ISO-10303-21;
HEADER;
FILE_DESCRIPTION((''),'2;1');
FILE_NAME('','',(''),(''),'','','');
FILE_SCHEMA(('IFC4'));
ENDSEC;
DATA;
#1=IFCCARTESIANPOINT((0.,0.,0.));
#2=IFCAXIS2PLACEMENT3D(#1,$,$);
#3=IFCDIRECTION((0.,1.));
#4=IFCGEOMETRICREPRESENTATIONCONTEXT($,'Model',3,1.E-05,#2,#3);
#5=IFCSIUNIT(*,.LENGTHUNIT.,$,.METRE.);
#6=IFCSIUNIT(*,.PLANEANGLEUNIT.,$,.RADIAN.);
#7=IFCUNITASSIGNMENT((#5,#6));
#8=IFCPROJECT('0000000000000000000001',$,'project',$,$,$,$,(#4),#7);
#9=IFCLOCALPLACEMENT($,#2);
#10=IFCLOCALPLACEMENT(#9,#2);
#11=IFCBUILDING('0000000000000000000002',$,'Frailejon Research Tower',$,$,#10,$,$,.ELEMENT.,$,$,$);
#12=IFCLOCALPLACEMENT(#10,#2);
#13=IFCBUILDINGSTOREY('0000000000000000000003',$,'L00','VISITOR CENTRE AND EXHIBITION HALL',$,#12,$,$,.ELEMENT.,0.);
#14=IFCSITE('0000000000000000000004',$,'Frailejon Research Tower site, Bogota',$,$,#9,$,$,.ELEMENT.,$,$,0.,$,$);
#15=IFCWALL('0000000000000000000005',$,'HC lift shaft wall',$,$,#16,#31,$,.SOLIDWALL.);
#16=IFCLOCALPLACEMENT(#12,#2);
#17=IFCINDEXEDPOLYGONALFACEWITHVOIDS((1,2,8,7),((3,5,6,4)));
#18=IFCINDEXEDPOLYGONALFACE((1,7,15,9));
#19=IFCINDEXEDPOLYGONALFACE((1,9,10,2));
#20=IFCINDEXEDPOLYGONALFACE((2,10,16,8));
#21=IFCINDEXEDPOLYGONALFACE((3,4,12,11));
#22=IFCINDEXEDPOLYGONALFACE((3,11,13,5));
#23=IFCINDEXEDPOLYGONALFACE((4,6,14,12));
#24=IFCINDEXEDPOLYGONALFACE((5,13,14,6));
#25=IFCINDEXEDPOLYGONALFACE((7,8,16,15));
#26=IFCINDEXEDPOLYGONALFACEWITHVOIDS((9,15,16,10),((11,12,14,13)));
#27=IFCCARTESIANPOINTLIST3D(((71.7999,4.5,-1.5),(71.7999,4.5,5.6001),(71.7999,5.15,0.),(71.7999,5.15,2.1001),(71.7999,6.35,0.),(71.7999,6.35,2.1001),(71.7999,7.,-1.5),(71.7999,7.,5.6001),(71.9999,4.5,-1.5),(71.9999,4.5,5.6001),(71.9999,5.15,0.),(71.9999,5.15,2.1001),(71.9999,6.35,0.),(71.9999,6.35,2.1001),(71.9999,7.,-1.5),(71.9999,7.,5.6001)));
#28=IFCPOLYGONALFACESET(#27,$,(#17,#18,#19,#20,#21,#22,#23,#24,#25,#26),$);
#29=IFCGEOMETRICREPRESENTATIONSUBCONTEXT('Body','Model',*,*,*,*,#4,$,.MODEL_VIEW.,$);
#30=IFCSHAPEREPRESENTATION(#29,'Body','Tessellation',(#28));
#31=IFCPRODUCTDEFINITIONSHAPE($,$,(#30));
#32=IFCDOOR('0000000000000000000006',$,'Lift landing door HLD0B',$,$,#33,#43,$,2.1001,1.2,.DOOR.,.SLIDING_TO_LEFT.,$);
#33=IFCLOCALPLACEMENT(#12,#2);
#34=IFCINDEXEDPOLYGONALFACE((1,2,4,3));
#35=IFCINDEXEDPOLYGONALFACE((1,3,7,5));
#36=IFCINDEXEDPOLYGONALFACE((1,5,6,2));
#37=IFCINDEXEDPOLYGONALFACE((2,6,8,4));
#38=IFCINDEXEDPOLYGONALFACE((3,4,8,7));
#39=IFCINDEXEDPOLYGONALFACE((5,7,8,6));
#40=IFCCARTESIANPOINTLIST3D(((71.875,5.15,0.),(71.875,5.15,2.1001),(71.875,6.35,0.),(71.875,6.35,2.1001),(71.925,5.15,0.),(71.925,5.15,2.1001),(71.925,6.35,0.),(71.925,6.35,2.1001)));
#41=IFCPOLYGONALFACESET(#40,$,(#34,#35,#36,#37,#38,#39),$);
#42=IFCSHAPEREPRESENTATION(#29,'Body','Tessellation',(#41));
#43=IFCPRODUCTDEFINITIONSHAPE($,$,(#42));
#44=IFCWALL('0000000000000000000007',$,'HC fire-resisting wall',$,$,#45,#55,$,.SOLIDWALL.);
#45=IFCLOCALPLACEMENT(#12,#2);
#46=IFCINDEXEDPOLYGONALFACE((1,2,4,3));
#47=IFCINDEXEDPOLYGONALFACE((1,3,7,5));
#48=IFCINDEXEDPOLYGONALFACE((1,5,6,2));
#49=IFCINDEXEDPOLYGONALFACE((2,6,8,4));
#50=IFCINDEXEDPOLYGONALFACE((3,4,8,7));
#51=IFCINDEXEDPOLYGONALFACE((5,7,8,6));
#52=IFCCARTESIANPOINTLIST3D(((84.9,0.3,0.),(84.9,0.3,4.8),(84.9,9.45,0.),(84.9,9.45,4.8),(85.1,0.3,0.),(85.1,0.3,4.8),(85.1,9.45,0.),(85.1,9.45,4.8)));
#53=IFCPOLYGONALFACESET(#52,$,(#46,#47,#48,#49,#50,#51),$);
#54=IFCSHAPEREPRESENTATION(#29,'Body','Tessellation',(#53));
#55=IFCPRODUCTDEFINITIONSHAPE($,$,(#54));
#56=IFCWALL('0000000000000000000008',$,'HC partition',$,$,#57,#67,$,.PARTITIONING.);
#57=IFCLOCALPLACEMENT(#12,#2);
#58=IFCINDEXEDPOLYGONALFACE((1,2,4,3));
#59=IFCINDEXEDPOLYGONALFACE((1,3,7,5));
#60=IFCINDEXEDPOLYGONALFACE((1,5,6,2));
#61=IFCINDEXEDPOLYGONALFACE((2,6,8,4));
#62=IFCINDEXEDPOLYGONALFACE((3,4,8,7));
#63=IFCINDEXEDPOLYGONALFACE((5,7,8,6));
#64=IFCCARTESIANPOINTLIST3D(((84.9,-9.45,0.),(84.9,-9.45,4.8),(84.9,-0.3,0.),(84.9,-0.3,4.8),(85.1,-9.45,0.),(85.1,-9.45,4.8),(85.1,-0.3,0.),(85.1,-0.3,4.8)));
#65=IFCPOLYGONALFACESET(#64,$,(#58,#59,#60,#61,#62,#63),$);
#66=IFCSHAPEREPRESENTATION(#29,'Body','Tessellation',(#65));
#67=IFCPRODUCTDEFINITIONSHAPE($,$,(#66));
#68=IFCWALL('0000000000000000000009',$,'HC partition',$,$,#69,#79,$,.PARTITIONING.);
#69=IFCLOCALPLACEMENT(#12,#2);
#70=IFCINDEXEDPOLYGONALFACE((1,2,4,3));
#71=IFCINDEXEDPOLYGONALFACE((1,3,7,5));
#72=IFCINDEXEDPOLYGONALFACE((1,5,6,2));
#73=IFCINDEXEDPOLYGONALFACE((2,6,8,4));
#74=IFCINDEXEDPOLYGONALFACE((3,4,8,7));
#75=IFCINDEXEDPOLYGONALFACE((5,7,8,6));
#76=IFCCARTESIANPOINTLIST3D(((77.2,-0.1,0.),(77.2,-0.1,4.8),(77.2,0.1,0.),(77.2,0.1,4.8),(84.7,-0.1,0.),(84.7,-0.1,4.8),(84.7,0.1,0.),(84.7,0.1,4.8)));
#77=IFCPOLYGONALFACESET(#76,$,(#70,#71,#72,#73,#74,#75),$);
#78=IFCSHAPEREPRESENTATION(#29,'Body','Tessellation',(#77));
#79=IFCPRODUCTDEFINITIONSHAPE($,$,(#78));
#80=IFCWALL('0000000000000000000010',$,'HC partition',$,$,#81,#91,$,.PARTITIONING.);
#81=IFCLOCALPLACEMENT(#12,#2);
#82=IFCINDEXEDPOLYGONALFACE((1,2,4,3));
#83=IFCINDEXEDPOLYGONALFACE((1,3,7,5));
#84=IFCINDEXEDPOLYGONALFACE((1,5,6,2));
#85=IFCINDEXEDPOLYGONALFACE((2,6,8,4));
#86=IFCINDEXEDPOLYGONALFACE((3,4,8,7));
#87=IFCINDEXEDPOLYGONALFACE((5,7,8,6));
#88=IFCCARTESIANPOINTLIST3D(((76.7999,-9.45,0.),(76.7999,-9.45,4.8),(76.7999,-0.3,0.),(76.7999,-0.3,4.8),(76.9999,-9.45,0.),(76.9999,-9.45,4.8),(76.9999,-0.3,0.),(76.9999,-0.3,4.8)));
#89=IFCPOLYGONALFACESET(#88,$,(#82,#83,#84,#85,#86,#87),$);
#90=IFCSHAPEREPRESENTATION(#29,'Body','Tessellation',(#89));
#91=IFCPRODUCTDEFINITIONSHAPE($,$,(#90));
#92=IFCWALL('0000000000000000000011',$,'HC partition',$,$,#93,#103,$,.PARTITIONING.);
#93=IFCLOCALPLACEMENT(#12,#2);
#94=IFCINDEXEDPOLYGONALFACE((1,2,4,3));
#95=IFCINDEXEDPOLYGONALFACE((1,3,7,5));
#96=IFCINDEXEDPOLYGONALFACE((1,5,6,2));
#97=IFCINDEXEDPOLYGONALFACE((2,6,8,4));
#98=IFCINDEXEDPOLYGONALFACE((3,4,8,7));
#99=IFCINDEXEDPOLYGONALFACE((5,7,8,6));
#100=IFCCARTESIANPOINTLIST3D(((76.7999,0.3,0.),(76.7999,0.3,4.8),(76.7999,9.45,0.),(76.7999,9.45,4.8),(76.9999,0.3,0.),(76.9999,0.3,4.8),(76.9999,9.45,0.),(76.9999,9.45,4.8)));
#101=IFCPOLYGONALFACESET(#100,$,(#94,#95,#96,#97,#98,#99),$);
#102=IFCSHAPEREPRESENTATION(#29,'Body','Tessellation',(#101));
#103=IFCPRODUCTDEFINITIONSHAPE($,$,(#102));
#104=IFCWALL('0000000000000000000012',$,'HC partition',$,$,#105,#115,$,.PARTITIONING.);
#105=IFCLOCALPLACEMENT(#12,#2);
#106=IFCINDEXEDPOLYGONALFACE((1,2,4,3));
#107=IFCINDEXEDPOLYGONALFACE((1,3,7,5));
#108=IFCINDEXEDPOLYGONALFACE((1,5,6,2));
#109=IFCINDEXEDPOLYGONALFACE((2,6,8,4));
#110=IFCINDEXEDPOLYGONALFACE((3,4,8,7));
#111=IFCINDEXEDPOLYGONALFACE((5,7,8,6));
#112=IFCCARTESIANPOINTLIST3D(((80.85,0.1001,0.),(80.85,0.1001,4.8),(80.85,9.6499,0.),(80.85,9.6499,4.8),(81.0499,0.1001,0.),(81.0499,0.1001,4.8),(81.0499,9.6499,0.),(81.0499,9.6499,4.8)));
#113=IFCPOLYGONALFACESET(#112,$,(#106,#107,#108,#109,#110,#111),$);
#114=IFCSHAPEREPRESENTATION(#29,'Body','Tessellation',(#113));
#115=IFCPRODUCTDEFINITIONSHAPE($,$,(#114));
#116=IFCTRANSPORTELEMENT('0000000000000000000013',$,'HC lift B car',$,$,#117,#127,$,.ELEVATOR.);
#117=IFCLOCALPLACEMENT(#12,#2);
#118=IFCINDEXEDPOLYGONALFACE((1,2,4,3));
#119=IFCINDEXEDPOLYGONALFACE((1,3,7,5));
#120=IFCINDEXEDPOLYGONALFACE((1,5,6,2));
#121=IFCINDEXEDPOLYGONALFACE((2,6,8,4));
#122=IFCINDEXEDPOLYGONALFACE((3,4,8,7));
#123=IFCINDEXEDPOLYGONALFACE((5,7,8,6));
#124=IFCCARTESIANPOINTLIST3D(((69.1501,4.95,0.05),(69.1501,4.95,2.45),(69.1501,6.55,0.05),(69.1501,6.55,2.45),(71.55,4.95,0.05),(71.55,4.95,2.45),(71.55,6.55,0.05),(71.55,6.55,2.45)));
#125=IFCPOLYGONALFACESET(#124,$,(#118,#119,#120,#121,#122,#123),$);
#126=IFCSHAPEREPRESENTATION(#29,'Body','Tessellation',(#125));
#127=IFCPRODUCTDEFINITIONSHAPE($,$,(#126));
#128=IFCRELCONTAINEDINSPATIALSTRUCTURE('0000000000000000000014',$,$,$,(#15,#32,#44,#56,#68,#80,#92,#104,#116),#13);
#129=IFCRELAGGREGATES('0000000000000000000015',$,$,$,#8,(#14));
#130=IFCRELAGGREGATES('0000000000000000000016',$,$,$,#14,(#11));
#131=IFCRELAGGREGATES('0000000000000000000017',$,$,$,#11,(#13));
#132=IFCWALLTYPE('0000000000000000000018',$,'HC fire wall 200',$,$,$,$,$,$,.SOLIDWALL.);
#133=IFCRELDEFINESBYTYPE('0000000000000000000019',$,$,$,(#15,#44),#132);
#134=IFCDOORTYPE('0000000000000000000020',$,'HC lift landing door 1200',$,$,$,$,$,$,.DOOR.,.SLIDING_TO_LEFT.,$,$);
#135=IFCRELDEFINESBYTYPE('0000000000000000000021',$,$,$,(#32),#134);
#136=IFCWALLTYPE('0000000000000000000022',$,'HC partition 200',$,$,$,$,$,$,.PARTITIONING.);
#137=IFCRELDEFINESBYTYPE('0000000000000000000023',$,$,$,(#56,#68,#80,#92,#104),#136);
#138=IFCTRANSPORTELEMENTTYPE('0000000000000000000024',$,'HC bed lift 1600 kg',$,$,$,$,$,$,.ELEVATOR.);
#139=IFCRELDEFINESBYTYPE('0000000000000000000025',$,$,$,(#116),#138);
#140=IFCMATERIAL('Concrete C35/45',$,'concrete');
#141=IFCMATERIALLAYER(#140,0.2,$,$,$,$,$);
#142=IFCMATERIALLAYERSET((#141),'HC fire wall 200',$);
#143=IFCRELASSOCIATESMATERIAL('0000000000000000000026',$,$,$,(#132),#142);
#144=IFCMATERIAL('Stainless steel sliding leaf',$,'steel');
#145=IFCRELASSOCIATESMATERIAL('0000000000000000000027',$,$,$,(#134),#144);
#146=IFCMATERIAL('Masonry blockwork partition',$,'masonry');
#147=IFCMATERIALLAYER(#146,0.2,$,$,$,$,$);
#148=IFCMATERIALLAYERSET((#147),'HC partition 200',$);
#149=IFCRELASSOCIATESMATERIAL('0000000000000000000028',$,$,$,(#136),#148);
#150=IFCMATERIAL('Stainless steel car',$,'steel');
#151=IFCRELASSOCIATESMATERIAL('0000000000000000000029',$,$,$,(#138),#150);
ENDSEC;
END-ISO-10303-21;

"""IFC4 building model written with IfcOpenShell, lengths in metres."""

from ifc_helpers import new_model, si_unit, direction, frame, frame_2d, origin, origin_2d, place, context, subcontext, project, spatial, rectangle, extrude, material, layer, layer_set, type_object, element, fill, save


model = new_model("IFC4")

# Units and contexts
model_context = context("Model", 3, precision=1e-05, world=origin(), true_north=direction((0.0, 1.0)))
body_context = subcontext(model_context, "Body", "Model", "MODEL_VIEW")
ifc_project = project(units=[si_unit("LENGTHUNIT", "METRE"), si_unit("PLANEANGLEUNIT", "RADIAN")], contexts=[model_context])

# Site, building, storey
site_placement = place(None, origin())
site = spatial("IfcSite", under=ifc_project, at=site_placement, Name="Frailejon Research Tower site, Bogota", CompositionType="ELEMENT", RefElevation=0.0)
building_placement = place(site_placement, origin())
building = spatial("IfcBuilding", under=site, at=building_placement, Name="Frailejon Research Tower", CompositionType="ELEMENT")
storey_placement = place(building_placement, origin())
storey = spatial("IfcBuildingStorey", under=building, at=storey_placement, Name="L00", Description="VISITOR CENTRE AND EXHIBITION HALL", CompositionType="ELEMENT", Elevation=0.0)

# Wall, opening, door
ifc_material_1 = material(Name="Concrete C35/45", Category="concrete")
ifc_layer_1 = layer(ifc_material_1, 0.2)
ifc_layer_set_1 = layer_set([ifc_layer_1], Name="HC fire wall 200")
wall_type_1 = type_object("IfcWallType", Name="HC fire wall 200", PredefinedType="SOLIDWALL", material=ifc_layer_set_1)
wall_1_placement = place(storey_placement, frame((71.8999, 4.5, -1.5), z_axis=(0.0, 0.0, 1.0), x_axis=(0.0, 1.0, 0.0)))
wall_1 = element("IfcWall", 1, at=wall_1_placement, inside=storey, type_object=wall_type_1, Name="HC lift shaft wall", PredefinedType="SOLIDWALL", context=body_context, shape_type="SweptSolid", body=[
    extrude(rectangle(XDim=2.5, YDim=0.2, at=frame_2d((1.25, 0.0))), origin(), (0.0, 0.0, 1.0), 7.1001),
])
opening_1_placement = place(wall_1_placement, frame((0.6499, 0.0, 1.5)))
opening_1 = element("IfcOpeningElement", 2, at=opening_1_placement, cuts=wall_1, PredefinedType="OPENING", context=body_context, shape_type="SweptSolid", body=[
    extrude(rectangle(XDim=1.2, YDim=2.1001, at=frame_2d((0.6001, 1.05))), frame((0.0, 0.1099, 0.0), z_axis=(0.0, -1.0, 0.0), x_axis=(1.0, 0.0, 0.0)), (0.0, 0.0, 1.0), 0.22),
])
ifc_material_2 = material(Name="Stainless steel sliding leaf", Category="steel")
door_type_1 = type_object("IfcDoorType", Name="HC lift landing door 1200", OperationType="SLIDING_TO_LEFT", PredefinedType="DOOR", material=ifc_material_2)
door_1_placement = place(opening_1_placement, origin())
door_1 = element("IfcDoor", 3, at=door_1_placement, inside=storey, type_object=door_type_1, Name="Lift landing door HLD0B", OperationType="SLIDING_TO_LEFT", OverallHeight=2.1001, OverallWidth=1.2, PredefinedType="DOOR", context=body_context, shape_type="SweptSolid", body=[
    extrude(rectangle(XDim=1.2, YDim=2.1001, at=frame_2d((0.6001, 1.05))), frame((0.0, 0.0249, 0.0), z_axis=(0.0, -1.0, 0.0), x_axis=(1.0, 0.0, 0.0)), (0.0, 0.0, 1.0), 0.05),
])
fill(opening_1, door_1)

# Walls
wall_2_placement = place(storey_placement, frame((85.0, 0.3, 0.0), z_axis=(0.0, 0.0, 1.0), x_axis=(0.0, 1.0, 0.0)))
element("IfcWall", 4, at=wall_2_placement, inside=storey, type_object=wall_type_1, Name="HC fire-resisting wall", PredefinedType="SOLIDWALL", context=body_context, shape_type="SweptSolid", body=[
    extrude(rectangle(XDim=9.1499, YDim=0.2, at=frame_2d((4.575, 0.0))), origin(), (0.0, 0.0, 1.0), 4.8),
])
ifc_material_3 = material(Name="Masonry blockwork partition", Category="masonry")
ifc_layer_2 = layer(ifc_material_3, 0.2)
ifc_layer_set_2 = layer_set([ifc_layer_2], Name="HC partition 200")
wall_type_2 = type_object("IfcWallType", Name="HC partition 200", PredefinedType="PARTITIONING", material=ifc_layer_set_2)
wall_3_placement = place(storey_placement, frame((85.0, -9.45, 0.0), z_axis=(0.0, 0.0, 1.0), x_axis=(0.0, 1.0, 0.0)))
element("IfcWall", 5, at=wall_3_placement, inside=storey, type_object=wall_type_2, Name="HC partition", PredefinedType="PARTITIONING", context=body_context, shape_type="SweptSolid", body=[
    extrude(rectangle(XDim=9.1499, YDim=0.2, at=frame_2d((4.575, 0.0))), origin(), (0.0, 0.0, 1.0), 4.8),
])
wall_4_placement = place(storey_placement, frame((77.2, 0.0, 0.0), z_axis=(0.0, 0.0, 1.0), x_axis=(1.0, 0.0, 0.0)))
element("IfcWall", 6, at=wall_4_placement, inside=storey, type_object=wall_type_2, Name="HC partition", PredefinedType="PARTITIONING", context=body_context, shape_type="SweptSolid", body=[
    extrude(rectangle(XDim=7.5, YDim=0.2, at=frame_2d((3.75, 0.0))), origin(), (0.0, 0.0, 1.0), 4.8),
])
for number, where, z_axis, x_axis, name in (
    (7, (76.8999, -9.45, 0.0), (0.0, 0.0, 1.0), (0.0, 1.0, 0.0), "HC partition"),
    (8, (76.8999, 0.3, 0.0), (0.0, 0.0, 1.0), (0.0, 1.0, 0.0), "HC partition"),
):
    element("IfcWall", number, at=place(storey_placement, frame(where, z_axis=z_axis, x_axis=x_axis)), inside=storey, type_object=wall_type_2, Name=name, PredefinedType="PARTITIONING", context=body_context, shape_type="SweptSolid", body=[
        extrude(rectangle(XDim=9.1499, YDim=0.2, at=frame_2d((4.575, 0.0))), origin(), (0.0, 0.0, 1.0), 4.8),
    ])
wall_5_placement = place(storey_placement, frame((80.95, 0.1001, 0.0), z_axis=(0.0, 0.0, 1.0), x_axis=(0.0, 1.0, 0.0)))
element("IfcWall", 9, at=wall_5_placement, inside=storey, type_object=wall_type_2, Name="HC partition", PredefinedType="PARTITIONING", context=body_context, shape_type="SweptSolid", body=[
    extrude(rectangle(XDim=9.5498, YDim=0.2, at=frame_2d((4.7749, 0.0))), origin(), (0.0, 0.0, 1.0), 4.8),
])

# Transport element
ifc_material_4 = material(Name="Stainless steel car", Category="steel")
transport_element_type = type_object("IfcTransportElementType", Name="HC bed lift 1600 kg", PredefinedType="ELEVATOR", material=ifc_material_4)
transport_element_placement = place(storey_placement, frame((70.3501, 5.75, 0.05), z_axis=(0.0, 0.0, 1.0), x_axis=(1.0, 0.0, 0.0)))
element("IfcTransportElement", 10, at=transport_element_placement, inside=storey, type_object=transport_element_type, Name="HC lift B car", PredefinedType="ELEVATOR", context=body_context, shape_type="SweptSolid", body=[
    extrude(rectangle(XDim=2.3999, YDim=1.6001, at=origin_2d()), origin(), (0.0, 0.0, 1.0), 2.3999),
])

save(model, "model.ifc")
